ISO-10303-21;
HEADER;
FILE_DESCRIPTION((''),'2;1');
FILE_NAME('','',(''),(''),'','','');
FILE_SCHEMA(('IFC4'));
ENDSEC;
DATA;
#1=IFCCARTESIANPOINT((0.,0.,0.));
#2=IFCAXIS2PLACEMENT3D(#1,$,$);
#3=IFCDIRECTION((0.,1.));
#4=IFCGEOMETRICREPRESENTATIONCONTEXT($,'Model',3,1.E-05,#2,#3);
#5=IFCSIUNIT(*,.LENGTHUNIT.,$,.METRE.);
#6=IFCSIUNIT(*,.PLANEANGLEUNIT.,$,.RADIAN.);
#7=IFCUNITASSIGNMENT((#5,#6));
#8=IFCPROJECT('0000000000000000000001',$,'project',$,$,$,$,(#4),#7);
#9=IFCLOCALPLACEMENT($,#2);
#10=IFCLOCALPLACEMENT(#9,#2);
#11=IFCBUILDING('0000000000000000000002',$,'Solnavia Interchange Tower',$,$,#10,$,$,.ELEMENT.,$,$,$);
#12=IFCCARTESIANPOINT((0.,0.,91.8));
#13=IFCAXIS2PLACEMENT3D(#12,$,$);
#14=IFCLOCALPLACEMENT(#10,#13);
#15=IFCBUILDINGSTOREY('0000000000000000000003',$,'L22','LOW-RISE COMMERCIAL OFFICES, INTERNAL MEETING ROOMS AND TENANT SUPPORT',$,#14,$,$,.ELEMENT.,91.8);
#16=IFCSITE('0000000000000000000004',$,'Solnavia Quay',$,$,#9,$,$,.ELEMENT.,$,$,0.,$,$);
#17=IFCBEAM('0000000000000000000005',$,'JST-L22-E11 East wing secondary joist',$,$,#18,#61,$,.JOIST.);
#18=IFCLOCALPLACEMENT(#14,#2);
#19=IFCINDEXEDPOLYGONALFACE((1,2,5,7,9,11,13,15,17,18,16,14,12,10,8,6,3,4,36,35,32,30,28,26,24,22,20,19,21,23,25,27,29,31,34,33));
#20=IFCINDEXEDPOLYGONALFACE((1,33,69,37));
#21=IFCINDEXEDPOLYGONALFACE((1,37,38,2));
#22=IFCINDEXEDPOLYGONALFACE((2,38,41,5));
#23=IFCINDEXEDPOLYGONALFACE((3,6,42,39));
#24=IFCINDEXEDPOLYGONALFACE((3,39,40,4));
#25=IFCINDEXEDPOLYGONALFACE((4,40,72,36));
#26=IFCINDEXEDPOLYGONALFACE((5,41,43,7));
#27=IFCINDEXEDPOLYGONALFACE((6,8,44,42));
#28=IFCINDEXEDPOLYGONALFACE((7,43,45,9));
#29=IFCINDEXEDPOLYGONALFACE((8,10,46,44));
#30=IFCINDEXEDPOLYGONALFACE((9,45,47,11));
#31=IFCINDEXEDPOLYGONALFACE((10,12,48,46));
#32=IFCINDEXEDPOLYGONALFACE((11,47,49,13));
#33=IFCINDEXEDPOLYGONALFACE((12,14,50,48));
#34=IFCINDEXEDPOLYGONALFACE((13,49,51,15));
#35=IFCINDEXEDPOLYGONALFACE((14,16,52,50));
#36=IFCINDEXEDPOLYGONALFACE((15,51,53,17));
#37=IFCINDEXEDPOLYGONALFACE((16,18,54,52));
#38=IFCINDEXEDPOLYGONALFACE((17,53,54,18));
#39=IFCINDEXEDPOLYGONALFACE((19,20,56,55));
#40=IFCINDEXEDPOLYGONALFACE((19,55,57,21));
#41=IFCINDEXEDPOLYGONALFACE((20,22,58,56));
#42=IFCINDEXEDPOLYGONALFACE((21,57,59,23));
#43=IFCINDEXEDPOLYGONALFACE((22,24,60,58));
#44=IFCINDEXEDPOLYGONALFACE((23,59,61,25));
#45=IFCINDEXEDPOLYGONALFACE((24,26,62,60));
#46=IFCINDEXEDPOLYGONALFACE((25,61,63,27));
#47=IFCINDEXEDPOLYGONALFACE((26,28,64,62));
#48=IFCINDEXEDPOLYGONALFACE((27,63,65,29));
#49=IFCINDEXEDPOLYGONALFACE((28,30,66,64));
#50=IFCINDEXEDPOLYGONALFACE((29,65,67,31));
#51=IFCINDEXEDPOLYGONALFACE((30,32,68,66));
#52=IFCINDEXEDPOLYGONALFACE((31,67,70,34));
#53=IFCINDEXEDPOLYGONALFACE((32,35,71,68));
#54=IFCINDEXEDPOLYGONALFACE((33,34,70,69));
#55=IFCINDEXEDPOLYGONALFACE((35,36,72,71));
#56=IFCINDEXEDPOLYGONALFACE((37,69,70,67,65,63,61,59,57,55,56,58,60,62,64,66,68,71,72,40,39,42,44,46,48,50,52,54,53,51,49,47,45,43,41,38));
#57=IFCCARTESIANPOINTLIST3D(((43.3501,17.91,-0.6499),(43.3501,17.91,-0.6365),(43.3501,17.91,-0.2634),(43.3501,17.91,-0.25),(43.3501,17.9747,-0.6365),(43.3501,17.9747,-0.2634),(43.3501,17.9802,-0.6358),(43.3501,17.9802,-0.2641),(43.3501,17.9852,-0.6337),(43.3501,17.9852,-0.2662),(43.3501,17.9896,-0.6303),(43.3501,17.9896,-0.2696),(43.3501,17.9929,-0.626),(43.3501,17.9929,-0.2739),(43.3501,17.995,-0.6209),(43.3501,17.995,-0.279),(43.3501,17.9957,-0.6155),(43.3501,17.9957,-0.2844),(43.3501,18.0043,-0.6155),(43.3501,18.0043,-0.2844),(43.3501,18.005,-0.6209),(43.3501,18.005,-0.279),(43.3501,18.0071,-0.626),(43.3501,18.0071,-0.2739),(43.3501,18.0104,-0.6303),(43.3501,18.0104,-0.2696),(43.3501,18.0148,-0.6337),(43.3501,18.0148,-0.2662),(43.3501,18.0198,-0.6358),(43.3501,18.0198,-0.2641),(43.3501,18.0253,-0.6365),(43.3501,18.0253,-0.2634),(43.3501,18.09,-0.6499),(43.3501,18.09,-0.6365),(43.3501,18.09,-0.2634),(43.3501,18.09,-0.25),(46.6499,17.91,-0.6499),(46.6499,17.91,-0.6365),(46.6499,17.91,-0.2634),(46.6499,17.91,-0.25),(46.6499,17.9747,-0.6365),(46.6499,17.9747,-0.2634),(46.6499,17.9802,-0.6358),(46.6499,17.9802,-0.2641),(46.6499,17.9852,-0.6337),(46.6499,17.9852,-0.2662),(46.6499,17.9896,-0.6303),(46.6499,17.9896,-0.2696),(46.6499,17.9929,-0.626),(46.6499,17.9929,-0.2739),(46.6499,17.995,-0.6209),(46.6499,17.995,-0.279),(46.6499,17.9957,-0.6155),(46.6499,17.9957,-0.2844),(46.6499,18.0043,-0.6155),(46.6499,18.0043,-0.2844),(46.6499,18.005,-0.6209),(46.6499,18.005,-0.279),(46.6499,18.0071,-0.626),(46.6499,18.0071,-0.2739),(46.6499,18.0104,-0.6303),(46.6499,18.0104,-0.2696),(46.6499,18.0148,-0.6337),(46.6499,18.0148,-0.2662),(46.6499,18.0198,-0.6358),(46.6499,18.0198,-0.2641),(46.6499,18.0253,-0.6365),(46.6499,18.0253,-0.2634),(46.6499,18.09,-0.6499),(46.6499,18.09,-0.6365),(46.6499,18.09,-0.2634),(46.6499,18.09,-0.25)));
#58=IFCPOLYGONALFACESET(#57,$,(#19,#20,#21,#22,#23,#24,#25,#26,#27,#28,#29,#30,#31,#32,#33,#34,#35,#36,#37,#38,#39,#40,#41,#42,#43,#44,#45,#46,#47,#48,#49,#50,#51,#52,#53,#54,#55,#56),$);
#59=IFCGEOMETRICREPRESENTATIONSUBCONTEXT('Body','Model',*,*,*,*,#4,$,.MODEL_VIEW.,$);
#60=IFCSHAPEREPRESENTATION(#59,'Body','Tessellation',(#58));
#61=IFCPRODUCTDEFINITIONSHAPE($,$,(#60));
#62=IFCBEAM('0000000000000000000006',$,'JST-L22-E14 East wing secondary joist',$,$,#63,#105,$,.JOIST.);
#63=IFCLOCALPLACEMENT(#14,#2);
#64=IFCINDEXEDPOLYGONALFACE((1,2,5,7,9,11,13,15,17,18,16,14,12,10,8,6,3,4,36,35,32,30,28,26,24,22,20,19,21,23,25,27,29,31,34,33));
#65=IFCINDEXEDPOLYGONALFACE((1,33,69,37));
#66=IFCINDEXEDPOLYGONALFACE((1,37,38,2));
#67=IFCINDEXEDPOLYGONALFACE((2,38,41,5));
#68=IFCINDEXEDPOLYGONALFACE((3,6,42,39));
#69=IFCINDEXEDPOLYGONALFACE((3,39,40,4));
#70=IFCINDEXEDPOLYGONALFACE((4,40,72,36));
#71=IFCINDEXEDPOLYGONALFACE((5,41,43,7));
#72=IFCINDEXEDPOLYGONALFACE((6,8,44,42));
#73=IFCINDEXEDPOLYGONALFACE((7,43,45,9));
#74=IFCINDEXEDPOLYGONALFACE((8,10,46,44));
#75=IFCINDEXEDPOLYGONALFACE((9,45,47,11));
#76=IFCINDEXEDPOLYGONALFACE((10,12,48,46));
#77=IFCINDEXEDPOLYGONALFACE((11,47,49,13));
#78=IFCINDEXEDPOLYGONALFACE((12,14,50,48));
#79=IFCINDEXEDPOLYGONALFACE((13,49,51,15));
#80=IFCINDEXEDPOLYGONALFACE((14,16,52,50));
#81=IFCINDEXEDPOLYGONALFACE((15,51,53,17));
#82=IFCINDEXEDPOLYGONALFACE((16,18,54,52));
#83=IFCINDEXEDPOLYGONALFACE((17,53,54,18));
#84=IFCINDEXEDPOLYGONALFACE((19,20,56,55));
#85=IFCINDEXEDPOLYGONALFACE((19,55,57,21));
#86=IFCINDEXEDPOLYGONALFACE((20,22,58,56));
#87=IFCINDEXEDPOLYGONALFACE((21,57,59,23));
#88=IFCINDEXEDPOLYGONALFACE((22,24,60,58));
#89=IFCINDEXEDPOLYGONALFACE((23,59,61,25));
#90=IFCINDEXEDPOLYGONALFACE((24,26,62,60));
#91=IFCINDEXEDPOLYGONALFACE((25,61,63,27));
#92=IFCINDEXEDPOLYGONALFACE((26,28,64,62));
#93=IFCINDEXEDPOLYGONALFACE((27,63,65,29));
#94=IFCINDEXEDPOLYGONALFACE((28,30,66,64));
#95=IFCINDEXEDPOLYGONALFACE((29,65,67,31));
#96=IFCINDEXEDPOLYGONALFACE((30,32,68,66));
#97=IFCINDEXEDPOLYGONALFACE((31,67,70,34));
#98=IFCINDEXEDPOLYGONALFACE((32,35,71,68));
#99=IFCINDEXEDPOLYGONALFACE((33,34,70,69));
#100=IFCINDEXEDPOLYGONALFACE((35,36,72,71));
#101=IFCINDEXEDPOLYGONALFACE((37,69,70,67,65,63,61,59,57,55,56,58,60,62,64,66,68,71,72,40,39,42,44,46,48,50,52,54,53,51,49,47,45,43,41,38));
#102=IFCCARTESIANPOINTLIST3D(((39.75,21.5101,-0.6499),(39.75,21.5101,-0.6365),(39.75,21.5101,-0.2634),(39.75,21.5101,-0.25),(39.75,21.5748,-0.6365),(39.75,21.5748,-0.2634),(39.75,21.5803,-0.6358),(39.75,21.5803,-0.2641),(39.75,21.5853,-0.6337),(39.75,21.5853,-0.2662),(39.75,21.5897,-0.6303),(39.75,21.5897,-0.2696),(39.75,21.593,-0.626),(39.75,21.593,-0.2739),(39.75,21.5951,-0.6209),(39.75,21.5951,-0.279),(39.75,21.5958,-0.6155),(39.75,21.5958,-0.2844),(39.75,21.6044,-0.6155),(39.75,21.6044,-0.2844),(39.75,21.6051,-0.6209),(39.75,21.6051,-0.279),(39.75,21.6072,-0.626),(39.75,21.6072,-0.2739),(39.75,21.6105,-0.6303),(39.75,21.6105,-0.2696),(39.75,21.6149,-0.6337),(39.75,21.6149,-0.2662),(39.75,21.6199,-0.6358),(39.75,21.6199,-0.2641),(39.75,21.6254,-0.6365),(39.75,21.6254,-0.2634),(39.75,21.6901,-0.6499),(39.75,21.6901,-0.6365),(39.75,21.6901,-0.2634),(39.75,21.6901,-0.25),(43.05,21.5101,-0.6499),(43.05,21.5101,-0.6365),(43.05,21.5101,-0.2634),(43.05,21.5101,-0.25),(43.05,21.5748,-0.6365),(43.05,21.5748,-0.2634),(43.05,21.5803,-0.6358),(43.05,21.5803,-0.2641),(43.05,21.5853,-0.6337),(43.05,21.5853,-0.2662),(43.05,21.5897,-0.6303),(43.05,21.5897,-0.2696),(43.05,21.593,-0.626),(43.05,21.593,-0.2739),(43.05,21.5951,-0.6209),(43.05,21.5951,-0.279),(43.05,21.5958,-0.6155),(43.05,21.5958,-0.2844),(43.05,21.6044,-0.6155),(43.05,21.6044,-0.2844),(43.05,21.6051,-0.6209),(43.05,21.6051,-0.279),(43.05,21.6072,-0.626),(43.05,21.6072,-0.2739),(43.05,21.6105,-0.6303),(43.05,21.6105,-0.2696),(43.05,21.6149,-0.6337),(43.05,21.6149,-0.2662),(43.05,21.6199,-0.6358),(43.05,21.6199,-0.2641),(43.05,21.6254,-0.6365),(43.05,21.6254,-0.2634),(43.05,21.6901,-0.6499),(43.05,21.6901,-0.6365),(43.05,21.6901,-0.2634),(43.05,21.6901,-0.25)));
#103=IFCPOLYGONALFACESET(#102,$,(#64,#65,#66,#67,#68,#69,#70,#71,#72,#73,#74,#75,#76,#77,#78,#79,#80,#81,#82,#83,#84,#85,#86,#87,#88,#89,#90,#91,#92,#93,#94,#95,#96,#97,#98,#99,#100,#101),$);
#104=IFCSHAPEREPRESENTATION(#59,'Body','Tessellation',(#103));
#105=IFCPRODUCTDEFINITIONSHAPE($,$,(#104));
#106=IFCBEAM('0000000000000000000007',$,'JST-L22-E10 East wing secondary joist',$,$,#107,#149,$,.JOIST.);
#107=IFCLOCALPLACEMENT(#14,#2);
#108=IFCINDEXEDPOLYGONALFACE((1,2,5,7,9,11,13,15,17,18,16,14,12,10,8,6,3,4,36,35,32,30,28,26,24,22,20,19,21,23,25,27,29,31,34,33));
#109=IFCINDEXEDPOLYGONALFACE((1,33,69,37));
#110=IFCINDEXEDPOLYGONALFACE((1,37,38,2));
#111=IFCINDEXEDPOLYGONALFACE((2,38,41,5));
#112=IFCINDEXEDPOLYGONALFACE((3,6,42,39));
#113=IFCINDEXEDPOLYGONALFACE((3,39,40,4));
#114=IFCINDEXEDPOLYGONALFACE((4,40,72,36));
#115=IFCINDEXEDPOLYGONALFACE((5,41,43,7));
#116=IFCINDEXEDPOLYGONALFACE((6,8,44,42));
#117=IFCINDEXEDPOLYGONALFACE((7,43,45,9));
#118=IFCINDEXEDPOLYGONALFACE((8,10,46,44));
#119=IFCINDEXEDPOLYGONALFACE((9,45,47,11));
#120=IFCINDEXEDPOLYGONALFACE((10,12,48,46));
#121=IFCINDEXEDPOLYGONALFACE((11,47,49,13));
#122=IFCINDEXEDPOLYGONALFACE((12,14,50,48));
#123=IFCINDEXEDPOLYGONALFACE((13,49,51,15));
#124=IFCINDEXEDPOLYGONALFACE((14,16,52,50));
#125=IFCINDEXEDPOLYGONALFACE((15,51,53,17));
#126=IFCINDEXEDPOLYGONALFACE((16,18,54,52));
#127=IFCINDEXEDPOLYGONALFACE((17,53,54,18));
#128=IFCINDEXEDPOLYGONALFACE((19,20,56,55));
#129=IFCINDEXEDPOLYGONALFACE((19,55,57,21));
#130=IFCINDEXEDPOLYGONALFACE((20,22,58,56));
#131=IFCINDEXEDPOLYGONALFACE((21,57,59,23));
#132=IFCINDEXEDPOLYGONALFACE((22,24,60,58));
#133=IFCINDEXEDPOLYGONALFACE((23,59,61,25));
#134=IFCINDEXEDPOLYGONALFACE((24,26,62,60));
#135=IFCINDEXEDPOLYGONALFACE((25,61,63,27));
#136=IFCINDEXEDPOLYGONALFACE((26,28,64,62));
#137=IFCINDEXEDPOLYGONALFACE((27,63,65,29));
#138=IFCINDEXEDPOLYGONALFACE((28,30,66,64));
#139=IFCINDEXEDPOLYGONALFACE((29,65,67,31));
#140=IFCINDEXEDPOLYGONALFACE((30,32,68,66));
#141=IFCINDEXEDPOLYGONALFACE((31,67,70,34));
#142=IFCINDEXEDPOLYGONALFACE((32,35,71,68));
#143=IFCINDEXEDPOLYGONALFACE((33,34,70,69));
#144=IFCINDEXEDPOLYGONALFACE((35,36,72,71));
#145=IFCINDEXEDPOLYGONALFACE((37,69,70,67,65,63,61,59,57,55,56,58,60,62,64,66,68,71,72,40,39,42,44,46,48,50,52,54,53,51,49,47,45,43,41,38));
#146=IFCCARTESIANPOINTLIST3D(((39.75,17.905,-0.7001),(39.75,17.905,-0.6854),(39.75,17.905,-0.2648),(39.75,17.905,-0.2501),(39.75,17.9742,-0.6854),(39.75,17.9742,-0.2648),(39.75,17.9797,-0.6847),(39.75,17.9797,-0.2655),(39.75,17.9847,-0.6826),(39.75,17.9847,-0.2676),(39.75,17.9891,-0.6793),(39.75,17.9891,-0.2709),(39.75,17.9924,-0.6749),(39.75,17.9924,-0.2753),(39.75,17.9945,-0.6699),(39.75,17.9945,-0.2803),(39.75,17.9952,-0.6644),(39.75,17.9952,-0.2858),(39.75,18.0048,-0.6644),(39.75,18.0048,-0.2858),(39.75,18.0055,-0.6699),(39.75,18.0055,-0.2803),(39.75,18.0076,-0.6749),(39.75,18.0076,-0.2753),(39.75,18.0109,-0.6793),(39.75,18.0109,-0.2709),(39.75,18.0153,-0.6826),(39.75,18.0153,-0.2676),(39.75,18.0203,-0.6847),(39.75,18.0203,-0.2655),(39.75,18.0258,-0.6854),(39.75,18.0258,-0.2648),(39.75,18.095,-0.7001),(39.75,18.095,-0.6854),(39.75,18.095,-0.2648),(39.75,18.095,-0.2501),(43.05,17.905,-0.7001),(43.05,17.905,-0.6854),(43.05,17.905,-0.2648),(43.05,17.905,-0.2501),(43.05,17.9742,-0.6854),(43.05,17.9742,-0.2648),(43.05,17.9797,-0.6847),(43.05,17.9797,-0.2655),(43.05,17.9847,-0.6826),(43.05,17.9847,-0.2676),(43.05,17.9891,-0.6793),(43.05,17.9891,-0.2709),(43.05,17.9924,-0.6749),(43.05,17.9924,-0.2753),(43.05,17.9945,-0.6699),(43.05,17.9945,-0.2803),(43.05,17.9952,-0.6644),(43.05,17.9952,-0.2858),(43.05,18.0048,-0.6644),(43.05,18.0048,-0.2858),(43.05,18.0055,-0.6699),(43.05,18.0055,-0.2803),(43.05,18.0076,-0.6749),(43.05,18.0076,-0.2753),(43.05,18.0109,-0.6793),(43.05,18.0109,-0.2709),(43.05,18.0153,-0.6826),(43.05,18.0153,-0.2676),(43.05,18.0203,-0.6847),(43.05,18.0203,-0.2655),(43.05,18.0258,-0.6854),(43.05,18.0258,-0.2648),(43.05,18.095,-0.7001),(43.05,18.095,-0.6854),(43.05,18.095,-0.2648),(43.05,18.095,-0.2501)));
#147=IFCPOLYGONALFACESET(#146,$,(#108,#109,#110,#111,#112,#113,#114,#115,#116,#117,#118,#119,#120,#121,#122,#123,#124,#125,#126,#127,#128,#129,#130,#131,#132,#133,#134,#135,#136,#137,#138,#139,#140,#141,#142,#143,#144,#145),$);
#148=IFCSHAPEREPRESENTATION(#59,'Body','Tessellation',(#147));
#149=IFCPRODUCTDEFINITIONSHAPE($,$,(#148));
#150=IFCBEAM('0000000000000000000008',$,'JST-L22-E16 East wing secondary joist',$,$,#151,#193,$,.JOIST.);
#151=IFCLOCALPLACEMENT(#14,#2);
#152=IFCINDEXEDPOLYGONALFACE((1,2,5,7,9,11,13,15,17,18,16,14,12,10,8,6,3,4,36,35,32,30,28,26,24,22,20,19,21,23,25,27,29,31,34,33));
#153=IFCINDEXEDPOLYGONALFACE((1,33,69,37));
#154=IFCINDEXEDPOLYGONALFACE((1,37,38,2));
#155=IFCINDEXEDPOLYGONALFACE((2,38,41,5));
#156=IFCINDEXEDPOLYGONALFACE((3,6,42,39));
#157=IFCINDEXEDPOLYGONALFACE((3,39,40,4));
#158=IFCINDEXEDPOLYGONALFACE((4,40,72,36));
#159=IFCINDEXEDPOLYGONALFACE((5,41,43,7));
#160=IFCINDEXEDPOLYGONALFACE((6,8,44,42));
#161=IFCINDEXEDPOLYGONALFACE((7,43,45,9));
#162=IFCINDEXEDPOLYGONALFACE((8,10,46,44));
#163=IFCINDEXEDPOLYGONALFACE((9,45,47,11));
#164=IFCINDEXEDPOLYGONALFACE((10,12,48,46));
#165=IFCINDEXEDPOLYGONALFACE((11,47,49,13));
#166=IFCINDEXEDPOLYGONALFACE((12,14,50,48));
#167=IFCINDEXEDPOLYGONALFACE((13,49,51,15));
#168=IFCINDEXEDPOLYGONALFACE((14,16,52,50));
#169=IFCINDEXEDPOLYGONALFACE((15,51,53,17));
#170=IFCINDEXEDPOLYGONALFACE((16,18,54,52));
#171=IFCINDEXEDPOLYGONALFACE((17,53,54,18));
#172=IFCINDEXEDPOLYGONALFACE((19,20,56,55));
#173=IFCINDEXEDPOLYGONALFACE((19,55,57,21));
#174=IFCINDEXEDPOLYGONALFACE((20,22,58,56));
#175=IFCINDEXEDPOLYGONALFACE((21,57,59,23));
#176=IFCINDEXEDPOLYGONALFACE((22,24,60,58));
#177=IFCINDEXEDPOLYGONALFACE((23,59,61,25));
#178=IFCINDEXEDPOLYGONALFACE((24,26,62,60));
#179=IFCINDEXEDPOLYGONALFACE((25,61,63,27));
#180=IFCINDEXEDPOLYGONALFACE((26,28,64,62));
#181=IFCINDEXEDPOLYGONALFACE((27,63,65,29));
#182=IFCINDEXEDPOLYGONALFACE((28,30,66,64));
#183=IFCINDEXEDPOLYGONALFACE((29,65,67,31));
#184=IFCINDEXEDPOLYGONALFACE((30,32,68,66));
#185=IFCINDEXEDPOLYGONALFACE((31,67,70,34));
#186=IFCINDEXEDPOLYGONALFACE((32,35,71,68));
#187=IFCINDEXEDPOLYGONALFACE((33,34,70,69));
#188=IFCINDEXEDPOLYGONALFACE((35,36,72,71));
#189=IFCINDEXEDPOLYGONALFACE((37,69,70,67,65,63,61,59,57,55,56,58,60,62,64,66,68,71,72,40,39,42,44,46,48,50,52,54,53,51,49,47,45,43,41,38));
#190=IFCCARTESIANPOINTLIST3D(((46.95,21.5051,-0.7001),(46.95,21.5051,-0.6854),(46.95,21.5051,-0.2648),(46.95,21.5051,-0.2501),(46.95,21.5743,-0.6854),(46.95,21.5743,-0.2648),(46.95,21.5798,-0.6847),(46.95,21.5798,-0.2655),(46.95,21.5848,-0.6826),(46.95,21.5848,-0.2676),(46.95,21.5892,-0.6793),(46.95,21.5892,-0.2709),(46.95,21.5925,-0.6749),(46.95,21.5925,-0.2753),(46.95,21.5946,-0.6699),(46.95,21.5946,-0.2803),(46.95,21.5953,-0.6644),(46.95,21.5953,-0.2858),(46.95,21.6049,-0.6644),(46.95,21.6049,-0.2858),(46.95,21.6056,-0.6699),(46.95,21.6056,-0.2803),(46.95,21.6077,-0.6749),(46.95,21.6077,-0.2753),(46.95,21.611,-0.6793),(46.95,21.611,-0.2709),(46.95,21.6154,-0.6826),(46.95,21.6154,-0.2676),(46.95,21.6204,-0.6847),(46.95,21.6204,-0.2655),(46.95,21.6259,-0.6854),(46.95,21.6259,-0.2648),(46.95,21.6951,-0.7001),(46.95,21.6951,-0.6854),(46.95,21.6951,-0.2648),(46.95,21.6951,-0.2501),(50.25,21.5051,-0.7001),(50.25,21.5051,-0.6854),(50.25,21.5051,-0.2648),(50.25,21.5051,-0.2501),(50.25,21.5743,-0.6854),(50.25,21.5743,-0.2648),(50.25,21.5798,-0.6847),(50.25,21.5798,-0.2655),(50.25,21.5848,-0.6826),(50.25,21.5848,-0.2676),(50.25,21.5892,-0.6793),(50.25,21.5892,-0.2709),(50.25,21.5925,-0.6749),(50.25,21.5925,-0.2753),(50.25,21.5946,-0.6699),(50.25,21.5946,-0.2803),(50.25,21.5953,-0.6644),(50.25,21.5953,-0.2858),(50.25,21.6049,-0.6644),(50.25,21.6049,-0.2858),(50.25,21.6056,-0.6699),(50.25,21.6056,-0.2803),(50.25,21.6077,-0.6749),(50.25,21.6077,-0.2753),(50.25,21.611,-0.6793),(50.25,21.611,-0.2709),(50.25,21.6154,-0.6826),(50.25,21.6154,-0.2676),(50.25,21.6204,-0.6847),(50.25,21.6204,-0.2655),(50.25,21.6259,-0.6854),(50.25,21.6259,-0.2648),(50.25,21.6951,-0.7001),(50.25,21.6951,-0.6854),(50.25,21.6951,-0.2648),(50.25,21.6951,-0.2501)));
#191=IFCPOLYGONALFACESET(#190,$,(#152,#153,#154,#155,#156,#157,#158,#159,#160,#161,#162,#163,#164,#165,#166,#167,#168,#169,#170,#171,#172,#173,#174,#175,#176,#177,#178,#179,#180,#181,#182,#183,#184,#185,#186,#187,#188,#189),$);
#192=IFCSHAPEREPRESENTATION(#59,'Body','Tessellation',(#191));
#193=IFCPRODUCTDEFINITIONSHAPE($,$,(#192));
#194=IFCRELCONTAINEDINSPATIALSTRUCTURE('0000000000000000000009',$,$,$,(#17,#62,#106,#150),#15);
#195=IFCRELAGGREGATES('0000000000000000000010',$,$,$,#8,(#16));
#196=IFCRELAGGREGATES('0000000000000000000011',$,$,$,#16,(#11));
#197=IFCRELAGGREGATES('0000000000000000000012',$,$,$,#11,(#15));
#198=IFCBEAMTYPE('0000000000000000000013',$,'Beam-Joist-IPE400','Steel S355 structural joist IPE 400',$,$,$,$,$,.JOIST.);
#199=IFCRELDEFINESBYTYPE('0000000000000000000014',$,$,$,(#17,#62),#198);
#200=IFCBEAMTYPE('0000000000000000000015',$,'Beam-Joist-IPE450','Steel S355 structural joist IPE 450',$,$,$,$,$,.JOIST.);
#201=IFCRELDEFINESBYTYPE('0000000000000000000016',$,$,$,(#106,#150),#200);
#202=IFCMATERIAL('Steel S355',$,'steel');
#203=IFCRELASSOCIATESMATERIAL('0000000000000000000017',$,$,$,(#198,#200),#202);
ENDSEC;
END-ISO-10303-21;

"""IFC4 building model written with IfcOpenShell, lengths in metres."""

from ifc_helpers import new_model, si_unit, direction, frame, origin, origin_2d, place, context, subcontext, project, spatial, i_section, extrude, material, material_profile, profile_set, type_object, element, save


model = new_model("IFC4")

# Units and contexts
model_context = context("Model", 3, precision=1e-05, world=origin(), true_north=direction((0.0, 1.0)))
body_context = subcontext(model_context, "Body", "Model", "MODEL_VIEW")
ifc_project = project(units=[si_unit("LENGTHUNIT", "METRE"), si_unit("PLANEANGLEUNIT", "RADIAN")], contexts=[model_context])

# Site, building, storey
site_placement = place(None, origin())
site = spatial("IfcSite", under=ifc_project, at=site_placement, Name="Solnavia Quay", CompositionType="ELEMENT", RefElevation=0.0)
building_placement = place(site_placement, origin())
building = spatial("IfcBuilding", under=site, at=building_placement, Name="Solnavia Interchange Tower", CompositionType="ELEMENT")
storey_placement = place(building_placement, frame((0.0, 0.0, 91.8)))
storey = spatial("IfcBuildingStorey", under=building, at=storey_placement, Name="L22", Description="LOW-RISE COMMERCIAL OFFICES, INTERNAL MEETING ROOMS AND TENANT SUPPORT", CompositionType="ELEMENT", Elevation=91.8)

# Shared definitions
ifc_material_1 = material(Name="Steel S355", Category="steel")

# Beams
ifc_material_profile_1 = material_profile(ifc_material_1, i_section(OverallWidth=0.1799, OverallDepth=0.3999, WebThickness=0.0085, FlangeThickness=0.0134, FilletRadius=0.021, at=origin_2d()), Name="IPE 400")
ifc_profile_set_1 = profile_set([ifc_material_profile_1], Name="Steel S355")
beam_type_1 = type_object("IfcBeamType", Name="Beam-Joist-IPE400", Description="Steel S355 structural joist IPE 400", PredefinedType="JOIST", material=ifc_profile_set_1)
beam_1_placement = place(storey_placement, frame((43.3501, 18.0, -0.45), z_axis=(1.0, 0.0, 0.0), x_axis=(0.0, 1.0, 0.0)))
element("IfcBeam", 1, at=beam_1_placement, inside=storey, type_object=beam_type_1, Name="JST-L22-E11 East wing secondary joist", PredefinedType="JOIST", context=body_context, shape_type="SweptSolid", body=[
    extrude(i_section(OverallWidth=0.1799, OverallDepth=0.3999, WebThickness=0.0085, FlangeThickness=0.0134, FilletRadius=0.021, at=origin_2d()), origin(), (0.0, 0.0, 1.0), 3.2998),
])
beam_2_placement = place(storey_placement, frame((39.75, 21.6001, -0.45), z_axis=(1.0, 0.0, 0.0), x_axis=(0.0, 1.0, 0.0)))
element("IfcBeam", 2, at=beam_2_placement, inside=storey, type_object=beam_type_1, Name="JST-L22-E14 East wing secondary joist", PredefinedType="JOIST", context=body_context, shape_type="SweptSolid", body=[
    extrude(i_section(OverallWidth=0.1799, OverallDepth=0.3999, WebThickness=0.0085, FlangeThickness=0.0134, FilletRadius=0.021, at=origin_2d()), origin(), (0.0, 0.0, 1.0), 3.3),
])
ifc_material_profile_2 = material_profile(ifc_material_1, i_section(OverallWidth=0.1899, OverallDepth=0.45, WebThickness=0.0095, FlangeThickness=0.0146, FilletRadius=0.021, at=origin_2d()), Name="IPE 450")
ifc_profile_set_2 = profile_set([ifc_material_profile_2], Name="Steel S355")
beam_type_2 = type_object("IfcBeamType", Name="Beam-Joist-IPE450", Description="Steel S355 structural joist IPE 450", PredefinedType="JOIST", material=ifc_profile_set_2)
for number, where, z_axis, x_axis, name in (
    (3, (39.75, 18.0, -0.4751), (1.0, 0.0, 0.0), (0.0, 1.0, 0.0), "JST-L22-E10 East wing secondary joist"),
    (4, (46.95, 21.6001, -0.4751), (1.0, 0.0, 0.0), (0.0, 1.0, 0.0), "JST-L22-E16 East wing secondary joist"),
):
    element("IfcBeam", number, at=place(storey_placement, frame(where, z_axis=z_axis, x_axis=x_axis)), inside=storey, type_object=beam_type_2, Name=name, PredefinedType="JOIST", context=body_context, shape_type="SweptSolid", body=[
        extrude(i_section(OverallWidth=0.1899, OverallDepth=0.45, WebThickness=0.0095, FlangeThickness=0.0146, FilletRadius=0.021, at=origin_2d()), origin(), (0.0, 0.0, 1.0), 3.3),
    ])

save(model, "model.ifc")
